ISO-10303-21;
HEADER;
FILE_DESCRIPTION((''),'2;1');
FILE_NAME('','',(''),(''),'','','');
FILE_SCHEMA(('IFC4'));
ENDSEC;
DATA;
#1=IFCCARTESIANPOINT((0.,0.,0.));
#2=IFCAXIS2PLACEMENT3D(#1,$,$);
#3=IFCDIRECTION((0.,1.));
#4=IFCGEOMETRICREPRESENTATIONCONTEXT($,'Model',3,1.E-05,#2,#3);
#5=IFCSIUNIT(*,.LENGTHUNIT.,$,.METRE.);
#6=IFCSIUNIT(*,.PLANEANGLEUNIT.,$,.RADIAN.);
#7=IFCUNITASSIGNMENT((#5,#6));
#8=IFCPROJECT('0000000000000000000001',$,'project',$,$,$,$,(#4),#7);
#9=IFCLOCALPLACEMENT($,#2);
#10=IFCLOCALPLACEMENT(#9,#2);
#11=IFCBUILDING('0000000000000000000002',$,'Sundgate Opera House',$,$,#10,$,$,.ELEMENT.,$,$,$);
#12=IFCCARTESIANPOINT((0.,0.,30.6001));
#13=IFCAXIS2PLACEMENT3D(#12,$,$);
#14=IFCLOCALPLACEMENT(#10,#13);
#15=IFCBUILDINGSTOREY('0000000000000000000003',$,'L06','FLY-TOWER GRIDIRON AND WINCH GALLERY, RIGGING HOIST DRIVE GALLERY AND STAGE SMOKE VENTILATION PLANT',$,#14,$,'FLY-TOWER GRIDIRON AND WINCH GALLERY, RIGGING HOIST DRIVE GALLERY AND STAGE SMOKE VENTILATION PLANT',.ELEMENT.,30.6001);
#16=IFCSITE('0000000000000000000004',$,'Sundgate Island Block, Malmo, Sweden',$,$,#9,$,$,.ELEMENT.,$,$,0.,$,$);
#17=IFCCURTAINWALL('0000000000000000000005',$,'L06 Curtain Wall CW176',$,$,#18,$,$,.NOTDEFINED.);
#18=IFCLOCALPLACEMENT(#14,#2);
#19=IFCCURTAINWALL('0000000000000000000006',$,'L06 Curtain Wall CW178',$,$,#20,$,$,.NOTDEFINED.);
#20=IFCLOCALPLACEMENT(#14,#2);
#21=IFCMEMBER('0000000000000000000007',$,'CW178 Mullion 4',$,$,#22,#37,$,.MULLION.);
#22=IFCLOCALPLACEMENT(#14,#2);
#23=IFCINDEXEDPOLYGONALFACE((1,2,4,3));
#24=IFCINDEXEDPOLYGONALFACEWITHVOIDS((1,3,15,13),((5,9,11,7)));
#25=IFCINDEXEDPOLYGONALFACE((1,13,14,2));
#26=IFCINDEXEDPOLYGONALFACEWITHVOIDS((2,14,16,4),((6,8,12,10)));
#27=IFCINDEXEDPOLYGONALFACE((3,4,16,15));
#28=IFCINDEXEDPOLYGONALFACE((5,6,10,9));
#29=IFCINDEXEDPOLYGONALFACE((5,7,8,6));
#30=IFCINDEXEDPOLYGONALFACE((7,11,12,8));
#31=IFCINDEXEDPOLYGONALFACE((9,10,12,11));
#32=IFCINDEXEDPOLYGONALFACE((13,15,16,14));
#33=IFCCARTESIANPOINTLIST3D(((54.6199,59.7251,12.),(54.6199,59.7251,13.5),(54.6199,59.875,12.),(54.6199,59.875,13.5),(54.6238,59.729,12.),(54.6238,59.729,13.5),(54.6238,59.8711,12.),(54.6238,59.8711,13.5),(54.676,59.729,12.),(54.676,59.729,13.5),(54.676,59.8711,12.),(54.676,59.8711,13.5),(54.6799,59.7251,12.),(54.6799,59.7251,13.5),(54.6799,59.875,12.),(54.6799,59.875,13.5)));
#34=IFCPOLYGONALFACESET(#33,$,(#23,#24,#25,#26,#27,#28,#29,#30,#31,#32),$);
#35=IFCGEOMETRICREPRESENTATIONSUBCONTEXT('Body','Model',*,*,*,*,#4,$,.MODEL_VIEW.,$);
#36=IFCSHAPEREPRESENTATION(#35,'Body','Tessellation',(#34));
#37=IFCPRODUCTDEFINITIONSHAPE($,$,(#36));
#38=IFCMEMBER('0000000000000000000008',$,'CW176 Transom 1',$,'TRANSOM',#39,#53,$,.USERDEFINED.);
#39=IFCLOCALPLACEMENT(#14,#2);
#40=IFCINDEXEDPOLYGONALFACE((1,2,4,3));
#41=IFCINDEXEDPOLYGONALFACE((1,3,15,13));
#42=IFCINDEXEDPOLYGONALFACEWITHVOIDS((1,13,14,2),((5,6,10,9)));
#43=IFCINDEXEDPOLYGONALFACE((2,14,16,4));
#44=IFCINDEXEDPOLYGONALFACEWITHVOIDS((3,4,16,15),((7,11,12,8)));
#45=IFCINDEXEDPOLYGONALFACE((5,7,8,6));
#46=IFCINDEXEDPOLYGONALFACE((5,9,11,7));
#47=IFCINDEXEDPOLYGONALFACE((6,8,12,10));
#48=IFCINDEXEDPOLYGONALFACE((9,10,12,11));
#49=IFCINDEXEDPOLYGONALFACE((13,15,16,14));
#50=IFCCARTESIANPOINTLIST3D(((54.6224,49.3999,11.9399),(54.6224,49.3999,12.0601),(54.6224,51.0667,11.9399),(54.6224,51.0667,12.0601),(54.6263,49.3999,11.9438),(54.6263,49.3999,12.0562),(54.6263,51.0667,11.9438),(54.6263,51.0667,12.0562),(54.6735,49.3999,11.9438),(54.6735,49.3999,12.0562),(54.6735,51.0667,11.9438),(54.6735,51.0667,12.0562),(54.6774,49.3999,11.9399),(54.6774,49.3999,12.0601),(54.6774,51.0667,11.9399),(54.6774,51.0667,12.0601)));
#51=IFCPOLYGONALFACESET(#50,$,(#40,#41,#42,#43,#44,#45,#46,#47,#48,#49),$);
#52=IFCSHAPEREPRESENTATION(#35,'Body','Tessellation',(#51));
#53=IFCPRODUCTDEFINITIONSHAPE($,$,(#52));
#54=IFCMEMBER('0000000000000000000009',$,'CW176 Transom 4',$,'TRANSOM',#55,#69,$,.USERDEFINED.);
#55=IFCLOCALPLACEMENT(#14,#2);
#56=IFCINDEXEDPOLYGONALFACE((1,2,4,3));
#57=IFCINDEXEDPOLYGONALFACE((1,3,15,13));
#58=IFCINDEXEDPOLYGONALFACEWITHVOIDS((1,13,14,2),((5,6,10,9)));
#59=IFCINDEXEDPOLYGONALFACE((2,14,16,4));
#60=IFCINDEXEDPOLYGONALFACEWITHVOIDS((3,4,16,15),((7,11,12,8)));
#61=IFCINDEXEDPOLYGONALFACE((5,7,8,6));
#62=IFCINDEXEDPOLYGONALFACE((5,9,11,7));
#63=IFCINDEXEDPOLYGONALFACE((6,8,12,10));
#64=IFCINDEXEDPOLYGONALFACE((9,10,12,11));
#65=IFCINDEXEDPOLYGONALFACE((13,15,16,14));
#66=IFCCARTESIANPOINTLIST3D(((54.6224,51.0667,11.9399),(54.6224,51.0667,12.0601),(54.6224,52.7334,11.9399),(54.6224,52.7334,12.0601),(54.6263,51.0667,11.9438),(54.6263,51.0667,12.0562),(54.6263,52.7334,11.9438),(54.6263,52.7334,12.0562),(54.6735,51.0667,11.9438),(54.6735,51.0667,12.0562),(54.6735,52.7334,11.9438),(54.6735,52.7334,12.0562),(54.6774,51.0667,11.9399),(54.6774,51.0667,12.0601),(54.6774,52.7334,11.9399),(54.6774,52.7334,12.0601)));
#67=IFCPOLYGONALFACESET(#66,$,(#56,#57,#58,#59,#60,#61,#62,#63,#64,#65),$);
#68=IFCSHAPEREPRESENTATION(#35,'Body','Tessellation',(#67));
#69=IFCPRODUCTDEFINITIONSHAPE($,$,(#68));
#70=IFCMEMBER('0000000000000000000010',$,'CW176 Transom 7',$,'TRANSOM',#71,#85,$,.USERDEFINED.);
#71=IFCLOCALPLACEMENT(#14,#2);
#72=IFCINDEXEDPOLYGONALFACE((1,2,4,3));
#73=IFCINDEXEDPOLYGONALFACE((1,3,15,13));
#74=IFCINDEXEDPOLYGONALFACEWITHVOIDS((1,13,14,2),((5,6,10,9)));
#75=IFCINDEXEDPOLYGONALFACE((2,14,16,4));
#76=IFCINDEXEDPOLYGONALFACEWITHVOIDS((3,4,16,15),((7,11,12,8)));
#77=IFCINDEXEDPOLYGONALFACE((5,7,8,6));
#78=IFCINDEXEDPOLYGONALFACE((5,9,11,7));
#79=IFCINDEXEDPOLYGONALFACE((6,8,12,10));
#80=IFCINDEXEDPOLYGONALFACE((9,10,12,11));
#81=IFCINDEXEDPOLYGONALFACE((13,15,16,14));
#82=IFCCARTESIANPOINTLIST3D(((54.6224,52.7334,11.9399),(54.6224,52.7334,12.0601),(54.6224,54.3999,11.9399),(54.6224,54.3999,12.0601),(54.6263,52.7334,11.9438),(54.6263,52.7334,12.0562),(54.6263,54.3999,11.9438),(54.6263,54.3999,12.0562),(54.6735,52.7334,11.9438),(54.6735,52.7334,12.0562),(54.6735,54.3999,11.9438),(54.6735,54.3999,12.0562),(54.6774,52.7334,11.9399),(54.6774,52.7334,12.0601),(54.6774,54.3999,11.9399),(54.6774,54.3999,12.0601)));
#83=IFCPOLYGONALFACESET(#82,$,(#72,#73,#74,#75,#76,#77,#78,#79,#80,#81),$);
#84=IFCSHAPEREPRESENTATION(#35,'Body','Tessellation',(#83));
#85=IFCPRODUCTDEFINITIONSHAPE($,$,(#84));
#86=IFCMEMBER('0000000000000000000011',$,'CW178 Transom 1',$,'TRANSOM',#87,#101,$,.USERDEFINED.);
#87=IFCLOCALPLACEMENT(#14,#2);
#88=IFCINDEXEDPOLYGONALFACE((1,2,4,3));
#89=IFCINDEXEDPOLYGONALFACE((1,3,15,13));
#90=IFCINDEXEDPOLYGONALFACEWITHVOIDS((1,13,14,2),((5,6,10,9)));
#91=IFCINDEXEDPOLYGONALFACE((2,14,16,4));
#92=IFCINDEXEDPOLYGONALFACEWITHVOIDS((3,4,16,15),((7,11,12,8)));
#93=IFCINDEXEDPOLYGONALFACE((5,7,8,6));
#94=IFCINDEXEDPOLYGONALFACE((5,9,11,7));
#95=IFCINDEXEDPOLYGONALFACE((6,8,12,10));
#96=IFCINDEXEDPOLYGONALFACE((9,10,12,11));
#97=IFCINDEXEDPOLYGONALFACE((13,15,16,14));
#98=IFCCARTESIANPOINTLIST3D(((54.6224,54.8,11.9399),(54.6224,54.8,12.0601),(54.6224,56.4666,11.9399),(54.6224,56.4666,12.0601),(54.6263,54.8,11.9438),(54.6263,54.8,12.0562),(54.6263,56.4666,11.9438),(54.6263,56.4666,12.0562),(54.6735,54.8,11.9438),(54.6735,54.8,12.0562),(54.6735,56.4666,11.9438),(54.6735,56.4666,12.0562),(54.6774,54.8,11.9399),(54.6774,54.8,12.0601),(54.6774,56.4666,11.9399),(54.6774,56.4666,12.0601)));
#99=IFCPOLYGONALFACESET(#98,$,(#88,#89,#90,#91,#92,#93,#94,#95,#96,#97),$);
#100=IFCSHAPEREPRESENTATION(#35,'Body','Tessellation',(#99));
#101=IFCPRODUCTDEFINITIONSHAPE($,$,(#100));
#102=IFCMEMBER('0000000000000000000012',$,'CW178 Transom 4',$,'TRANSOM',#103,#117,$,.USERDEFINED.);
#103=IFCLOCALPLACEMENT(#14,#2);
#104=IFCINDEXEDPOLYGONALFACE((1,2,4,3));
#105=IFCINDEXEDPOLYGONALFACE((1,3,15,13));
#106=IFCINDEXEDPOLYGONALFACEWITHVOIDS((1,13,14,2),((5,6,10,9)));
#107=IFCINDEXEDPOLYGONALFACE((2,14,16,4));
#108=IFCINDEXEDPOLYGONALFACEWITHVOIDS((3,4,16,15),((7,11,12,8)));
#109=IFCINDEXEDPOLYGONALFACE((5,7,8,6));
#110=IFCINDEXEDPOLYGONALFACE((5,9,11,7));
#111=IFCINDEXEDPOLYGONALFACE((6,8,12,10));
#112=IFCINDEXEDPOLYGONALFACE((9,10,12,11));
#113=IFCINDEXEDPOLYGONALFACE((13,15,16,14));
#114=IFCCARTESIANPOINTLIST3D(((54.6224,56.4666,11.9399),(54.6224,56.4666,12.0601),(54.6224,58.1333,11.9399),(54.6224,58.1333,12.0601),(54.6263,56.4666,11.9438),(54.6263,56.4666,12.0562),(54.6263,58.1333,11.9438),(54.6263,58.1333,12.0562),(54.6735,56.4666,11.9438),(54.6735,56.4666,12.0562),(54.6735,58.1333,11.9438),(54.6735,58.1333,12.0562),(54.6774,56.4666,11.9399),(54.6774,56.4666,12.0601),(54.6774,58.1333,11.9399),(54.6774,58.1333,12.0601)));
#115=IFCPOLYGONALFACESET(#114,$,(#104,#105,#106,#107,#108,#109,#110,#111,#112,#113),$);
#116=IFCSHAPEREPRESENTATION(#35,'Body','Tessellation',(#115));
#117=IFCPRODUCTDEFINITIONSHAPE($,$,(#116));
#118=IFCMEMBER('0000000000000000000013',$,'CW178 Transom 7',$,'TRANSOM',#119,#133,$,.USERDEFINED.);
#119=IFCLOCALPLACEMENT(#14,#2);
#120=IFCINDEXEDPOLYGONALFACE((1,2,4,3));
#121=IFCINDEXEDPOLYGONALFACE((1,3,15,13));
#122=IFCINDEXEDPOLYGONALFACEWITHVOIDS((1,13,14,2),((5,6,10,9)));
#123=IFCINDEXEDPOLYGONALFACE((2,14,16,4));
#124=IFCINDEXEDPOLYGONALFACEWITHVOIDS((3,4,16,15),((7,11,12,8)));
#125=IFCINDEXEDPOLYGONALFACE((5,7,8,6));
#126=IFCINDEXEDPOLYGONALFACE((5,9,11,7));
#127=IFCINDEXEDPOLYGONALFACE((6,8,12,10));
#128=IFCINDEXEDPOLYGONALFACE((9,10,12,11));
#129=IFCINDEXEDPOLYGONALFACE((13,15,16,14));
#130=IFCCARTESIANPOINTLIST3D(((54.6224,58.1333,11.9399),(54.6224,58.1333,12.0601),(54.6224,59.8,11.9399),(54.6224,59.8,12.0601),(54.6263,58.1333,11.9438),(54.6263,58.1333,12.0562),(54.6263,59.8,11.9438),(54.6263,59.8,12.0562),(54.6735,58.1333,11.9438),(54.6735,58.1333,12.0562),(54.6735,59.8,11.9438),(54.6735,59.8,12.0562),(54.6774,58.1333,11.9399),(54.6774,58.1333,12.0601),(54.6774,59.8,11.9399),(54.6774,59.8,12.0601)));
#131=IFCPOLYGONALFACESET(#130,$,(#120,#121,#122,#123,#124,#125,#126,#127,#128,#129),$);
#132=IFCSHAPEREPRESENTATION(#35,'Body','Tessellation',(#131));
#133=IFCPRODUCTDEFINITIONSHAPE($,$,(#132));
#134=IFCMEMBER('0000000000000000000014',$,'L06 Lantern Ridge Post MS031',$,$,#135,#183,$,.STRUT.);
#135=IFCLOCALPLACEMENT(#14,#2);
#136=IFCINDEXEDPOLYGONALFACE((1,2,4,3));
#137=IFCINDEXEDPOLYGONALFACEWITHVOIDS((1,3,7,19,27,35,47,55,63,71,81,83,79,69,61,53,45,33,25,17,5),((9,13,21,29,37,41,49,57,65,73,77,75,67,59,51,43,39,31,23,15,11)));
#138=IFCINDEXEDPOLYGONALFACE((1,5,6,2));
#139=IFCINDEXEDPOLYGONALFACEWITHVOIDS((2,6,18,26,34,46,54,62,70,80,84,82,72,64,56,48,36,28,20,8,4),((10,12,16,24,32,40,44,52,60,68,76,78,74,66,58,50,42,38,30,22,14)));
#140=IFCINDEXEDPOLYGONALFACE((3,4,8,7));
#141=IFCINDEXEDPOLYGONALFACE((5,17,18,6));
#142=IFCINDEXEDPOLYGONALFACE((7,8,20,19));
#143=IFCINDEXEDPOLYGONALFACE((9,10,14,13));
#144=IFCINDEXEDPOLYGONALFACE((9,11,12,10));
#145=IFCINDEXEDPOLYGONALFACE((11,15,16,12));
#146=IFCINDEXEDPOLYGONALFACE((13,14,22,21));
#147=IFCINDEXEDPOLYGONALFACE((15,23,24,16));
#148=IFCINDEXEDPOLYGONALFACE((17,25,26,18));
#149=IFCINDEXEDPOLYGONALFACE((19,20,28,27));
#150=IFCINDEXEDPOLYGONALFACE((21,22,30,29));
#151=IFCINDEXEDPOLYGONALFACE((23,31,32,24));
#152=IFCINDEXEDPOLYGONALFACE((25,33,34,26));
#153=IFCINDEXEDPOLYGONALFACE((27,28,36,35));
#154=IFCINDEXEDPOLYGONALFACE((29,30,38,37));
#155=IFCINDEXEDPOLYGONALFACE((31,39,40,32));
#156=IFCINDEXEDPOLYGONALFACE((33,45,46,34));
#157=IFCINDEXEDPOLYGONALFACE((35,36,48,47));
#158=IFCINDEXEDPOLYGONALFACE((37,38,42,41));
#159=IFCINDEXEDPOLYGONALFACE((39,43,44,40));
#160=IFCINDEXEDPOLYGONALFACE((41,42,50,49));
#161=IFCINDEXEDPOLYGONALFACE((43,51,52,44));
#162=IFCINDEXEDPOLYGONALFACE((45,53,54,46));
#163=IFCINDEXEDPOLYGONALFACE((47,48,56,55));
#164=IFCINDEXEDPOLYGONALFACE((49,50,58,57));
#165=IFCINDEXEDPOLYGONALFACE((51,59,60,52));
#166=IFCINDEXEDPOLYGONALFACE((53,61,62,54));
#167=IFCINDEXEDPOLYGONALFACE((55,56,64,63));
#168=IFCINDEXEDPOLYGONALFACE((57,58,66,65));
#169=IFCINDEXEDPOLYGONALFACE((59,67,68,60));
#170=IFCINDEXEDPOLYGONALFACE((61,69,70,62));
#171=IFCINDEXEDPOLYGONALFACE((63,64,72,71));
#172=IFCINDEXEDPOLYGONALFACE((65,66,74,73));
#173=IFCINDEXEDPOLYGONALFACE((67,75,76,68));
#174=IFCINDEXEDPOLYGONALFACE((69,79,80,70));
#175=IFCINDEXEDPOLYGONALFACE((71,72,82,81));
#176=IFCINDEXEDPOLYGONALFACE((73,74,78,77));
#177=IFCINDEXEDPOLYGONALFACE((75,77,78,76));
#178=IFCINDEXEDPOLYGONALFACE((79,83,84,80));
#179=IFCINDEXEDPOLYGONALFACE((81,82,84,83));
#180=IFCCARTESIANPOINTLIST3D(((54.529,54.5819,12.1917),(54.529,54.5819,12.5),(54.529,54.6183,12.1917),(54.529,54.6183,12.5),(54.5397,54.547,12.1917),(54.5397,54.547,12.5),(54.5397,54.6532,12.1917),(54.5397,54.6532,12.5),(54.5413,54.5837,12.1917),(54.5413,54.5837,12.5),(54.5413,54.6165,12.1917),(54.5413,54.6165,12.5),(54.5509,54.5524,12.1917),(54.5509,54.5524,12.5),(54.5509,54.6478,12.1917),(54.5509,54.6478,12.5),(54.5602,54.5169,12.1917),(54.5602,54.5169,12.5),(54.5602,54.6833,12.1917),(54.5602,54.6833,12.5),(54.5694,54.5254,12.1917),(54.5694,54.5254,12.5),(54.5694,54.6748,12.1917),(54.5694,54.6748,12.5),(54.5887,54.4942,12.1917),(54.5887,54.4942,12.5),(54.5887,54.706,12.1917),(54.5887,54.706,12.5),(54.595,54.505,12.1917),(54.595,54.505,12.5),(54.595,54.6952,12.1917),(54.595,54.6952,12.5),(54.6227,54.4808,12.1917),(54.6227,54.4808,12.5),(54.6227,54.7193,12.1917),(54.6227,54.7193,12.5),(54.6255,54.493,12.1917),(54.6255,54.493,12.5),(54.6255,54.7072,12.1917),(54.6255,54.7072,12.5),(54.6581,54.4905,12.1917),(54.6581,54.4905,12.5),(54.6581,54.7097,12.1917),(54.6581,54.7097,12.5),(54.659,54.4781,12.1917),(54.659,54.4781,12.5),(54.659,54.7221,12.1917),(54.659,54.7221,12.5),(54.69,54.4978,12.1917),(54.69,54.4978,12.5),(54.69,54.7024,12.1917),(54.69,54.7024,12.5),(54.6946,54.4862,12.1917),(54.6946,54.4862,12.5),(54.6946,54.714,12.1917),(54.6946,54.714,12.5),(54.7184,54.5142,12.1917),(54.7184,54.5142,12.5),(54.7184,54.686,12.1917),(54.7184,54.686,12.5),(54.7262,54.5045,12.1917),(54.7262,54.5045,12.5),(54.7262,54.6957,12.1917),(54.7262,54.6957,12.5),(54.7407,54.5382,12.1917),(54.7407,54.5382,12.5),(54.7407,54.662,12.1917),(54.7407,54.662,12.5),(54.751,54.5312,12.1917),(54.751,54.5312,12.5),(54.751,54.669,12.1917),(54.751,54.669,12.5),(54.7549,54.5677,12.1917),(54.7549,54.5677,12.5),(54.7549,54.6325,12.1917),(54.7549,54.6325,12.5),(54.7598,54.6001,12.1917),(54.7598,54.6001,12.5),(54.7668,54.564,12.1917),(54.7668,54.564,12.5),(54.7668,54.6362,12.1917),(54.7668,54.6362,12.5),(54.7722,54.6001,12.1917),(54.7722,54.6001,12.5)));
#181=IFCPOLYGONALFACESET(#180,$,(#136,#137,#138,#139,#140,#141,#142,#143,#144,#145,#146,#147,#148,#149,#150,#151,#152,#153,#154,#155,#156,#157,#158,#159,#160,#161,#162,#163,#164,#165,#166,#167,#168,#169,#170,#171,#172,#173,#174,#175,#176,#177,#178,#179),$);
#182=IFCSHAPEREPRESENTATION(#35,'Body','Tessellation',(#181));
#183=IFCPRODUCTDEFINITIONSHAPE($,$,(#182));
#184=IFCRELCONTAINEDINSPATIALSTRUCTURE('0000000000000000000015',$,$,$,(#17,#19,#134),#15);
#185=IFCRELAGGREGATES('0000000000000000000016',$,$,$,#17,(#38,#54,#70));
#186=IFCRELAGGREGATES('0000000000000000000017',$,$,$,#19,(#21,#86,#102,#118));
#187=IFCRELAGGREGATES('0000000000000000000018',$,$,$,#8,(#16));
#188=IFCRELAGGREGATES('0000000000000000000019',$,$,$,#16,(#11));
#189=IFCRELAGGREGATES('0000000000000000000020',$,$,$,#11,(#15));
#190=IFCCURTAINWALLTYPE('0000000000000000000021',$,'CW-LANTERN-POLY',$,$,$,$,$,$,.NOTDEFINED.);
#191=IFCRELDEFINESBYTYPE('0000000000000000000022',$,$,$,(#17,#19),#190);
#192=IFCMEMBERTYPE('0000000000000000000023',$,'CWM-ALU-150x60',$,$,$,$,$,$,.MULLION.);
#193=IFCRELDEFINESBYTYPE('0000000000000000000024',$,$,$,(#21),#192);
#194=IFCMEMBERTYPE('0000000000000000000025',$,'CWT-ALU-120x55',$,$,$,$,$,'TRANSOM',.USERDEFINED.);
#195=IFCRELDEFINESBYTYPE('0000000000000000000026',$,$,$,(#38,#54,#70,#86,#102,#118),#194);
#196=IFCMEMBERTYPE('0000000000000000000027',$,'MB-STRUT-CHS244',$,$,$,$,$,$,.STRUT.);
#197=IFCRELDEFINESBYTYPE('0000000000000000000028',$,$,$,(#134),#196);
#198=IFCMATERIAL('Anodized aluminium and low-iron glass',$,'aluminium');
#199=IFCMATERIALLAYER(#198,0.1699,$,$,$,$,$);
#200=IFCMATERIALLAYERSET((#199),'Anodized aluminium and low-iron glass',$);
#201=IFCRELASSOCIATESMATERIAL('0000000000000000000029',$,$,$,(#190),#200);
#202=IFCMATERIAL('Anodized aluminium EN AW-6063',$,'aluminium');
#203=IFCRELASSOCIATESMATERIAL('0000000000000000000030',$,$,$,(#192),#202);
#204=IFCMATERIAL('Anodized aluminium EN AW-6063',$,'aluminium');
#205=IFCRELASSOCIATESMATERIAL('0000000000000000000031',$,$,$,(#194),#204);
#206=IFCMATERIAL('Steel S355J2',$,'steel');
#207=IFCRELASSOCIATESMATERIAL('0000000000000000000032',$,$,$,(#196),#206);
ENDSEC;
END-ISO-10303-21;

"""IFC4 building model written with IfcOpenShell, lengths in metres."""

from ifc_helpers import new_model, si_unit, direction, frame, origin, origin_2d, place, context, subcontext, project, spatial, hollow_rectangle, hollow_circle, extrude, material, layer, layer_set, material_profile, profile_set, type_object, element, aggregate, save


model = new_model("IFC4")

# Units and contexts
model_context = context("Model", 3, precision=1e-05, world=origin(), true_north=direction((0.0, 1.0)))
body_context = subcontext(model_context, "Body", "Model", "MODEL_VIEW")
ifc_project = project(units=[si_unit("LENGTHUNIT", "METRE"), si_unit("PLANEANGLEUNIT", "RADIAN")], contexts=[model_context])

# Site, building, storey
site_placement = place(None, origin())
site = spatial("IfcSite", under=ifc_project, at=site_placement, Name="Sundgate Island Block, Malmo, Sweden", CompositionType="ELEMENT", RefElevation=0.0)
building_placement = place(site_placement, origin())
building = spatial("IfcBuilding", under=site, at=building_placement, Name="Sundgate Opera House", CompositionType="ELEMENT")
storey_placement = place(building_placement, frame((0.0, 0.0, 30.6001)))
storey = spatial("IfcBuildingStorey", under=building, at=storey_placement, Name="L06", Description="FLY-TOWER GRIDIRON AND WINCH GALLERY, RIGGING HOIST DRIVE GALLERY AND STAGE SMOKE VENTILATION PLANT", LongName="FLY-TOWER GRIDIRON AND WINCH GALLERY, RIGGING HOIST DRIVE GALLERY AND STAGE SMOKE VENTILATION PLANT", CompositionType="ELEMENT", Elevation=30.6001)

# Curtain walls, member
ifc_material_1 = material(Name="Anodized aluminium and low-iron glass", Category="aluminium")
ifc_layer_1 = layer(ifc_material_1, 0.1699)
ifc_layer_set_1 = layer_set([ifc_layer_1], Name="Anodized aluminium and low-iron glass")
curtain_wall_type = type_object("IfcCurtainWallType", Name="CW-LANTERN-POLY", PredefinedType="NOTDEFINED", material=ifc_layer_set_1)
curtain_wall_1_placement = place(storey_placement, origin())
curtain_wall_1 = element("IfcCurtainWall", 1, at=curtain_wall_1_placement, inside=storey, type_object=curtain_wall_type, Name="L06 Curtain Wall CW176", PredefinedType="NOTDEFINED")
ifc_material_2 = material(Name="Anodized aluminium EN AW-6063", Category="aluminium")
ifc_material_profile_1 = material_profile(ifc_material_2, hollow_rectangle(XDim=0.0601, YDim=0.1499, WallThickness=0.0039, at=origin_2d()), Name="CWM 150x60x4")
ifc_profile_set_1 = profile_set([ifc_material_profile_1], Name="Anodized aluminium EN AW-6063")
member_type_1 = type_object("IfcMemberType", Name="CWM-ALU-150x60", PredefinedType="MULLION", material=ifc_profile_set_1)
curtain_wall_2_placement = place(storey_placement, origin())
curtain_wall_2 = element("IfcCurtainWall", 2, at=curtain_wall_2_placement, inside=storey, type_object=curtain_wall_type, Name="L06 Curtain Wall CW178", PredefinedType="NOTDEFINED")
member_1_placement = place(storey_placement, frame((54.6499, 59.8, 12.0), z_axis=(0.0, 0.0, 1.0), x_axis=(1.0, 0.0, 0.0)))
member_1 = element("IfcMember", 3, at=member_1_placement, type_object=member_type_1, Name="CW178 Mullion 4", PredefinedType="MULLION", context=body_context, shape_type="SweptSolid", body=[
    extrude(hollow_rectangle(XDim=0.0601, YDim=0.1499, WallThickness=0.0039, at=origin_2d()), origin(), (0.0, 0.0, 1.0), 1.5),
])

# Members
ifc_material_3 = material(Name="Anodized aluminium EN AW-6063", Category="aluminium")
ifc_material_profile_2 = material_profile(ifc_material_3, hollow_rectangle(XDim=0.0549, YDim=0.1201, WallThickness=0.0039, at=origin_2d()), Name="CWT 120x55x4")
ifc_profile_set_2 = profile_set([ifc_material_profile_2], Name="Anodized aluminium EN AW-6063")
member_type_2 = type_object("IfcMemberType", Name="CWT-ALU-120x55", ElementType="TRANSOM", PredefinedType="USERDEFINED", material=ifc_profile_set_2)
member_2_placement = place(storey_placement, frame((54.6499, 49.3999, 12.0), z_axis=(0.0, 1.0, 0.0), x_axis=(-1.0, 0.0, 0.0)))
member_2 = element("IfcMember", 4, at=member_2_placement, type_object=member_type_2, Name="CW176 Transom 1", ObjectType="TRANSOM", PredefinedType="USERDEFINED", context=body_context, shape_type="SweptSolid", body=[
    extrude(hollow_rectangle(XDim=0.0549, YDim=0.1201, WallThickness=0.0039, at=origin_2d()), origin(), (0.0, 0.0, 1.0), 1.6667),
])
member_3_placement = place(storey_placement, frame((54.6499, 51.0667, 12.0), z_axis=(0.0, 1.0, 0.0), x_axis=(-1.0, 0.0, 0.0)))
member_3 = element("IfcMember", 5, at=member_3_placement, type_object=member_type_2, Name="CW176 Transom 4", ObjectType="TRANSOM", PredefinedType="USERDEFINED", context=body_context, shape_type="SweptSolid", body=[
    extrude(hollow_rectangle(XDim=0.0549, YDim=0.1201, WallThickness=0.0039, at=origin_2d()), origin(), (0.0, 0.0, 1.0), 1.6667),
])
member_4_placement = place(storey_placement, frame((54.6499, 52.7334, 12.0), z_axis=(0.0, 1.0, 0.0), x_axis=(-1.0, 0.0, 0.0)))
member_4 = element("IfcMember", 6, at=member_4_placement, type_object=member_type_2, Name="CW176 Transom 7", ObjectType="TRANSOM", PredefinedType="USERDEFINED", context=body_context, shape_type="SweptSolid", body=[
    extrude(hollow_rectangle(XDim=0.0549, YDim=0.1201, WallThickness=0.0039, at=origin_2d()), origin(), (0.0, 0.0, 1.0), 1.6665),
])
member_5_placement = place(storey_placement, frame((54.6499, 54.8, 12.0), z_axis=(0.0, 1.0, 0.0), x_axis=(-1.0, 0.0, 0.0)))
member_5 = element("IfcMember", 7, at=member_5_placement, type_object=member_type_2, Name="CW178 Transom 1", ObjectType="TRANSOM", PredefinedType="USERDEFINED", context=body_context, shape_type="SweptSolid", body=[
    extrude(hollow_rectangle(XDim=0.0549, YDim=0.1201, WallThickness=0.0039, at=origin_2d()), origin(), (0.0, 0.0, 1.0), 1.6665),
])
member_6_placement = place(storey_placement, frame((54.6499, 56.4666, 12.0), z_axis=(0.0, 1.0, 0.0), x_axis=(-1.0, 0.0, 0.0)))
member_6 = element("IfcMember", 8, at=member_6_placement, type_object=member_type_2, Name="CW178 Transom 4", ObjectType="TRANSOM", PredefinedType="USERDEFINED", context=body_context, shape_type="SweptSolid", body=[
    extrude(hollow_rectangle(XDim=0.0549, YDim=0.1201, WallThickness=0.0039, at=origin_2d()), origin(), (0.0, 0.0, 1.0), 1.6667),
])
member_7_placement = place(storey_placement, frame((54.6499, 58.1333, 12.0), z_axis=(0.0, 1.0, 0.0), x_axis=(-1.0, 0.0, 0.0)))
member_7 = element("IfcMember", 9, at=member_7_placement, type_object=member_type_2, Name="CW178 Transom 7", ObjectType="TRANSOM", PredefinedType="USERDEFINED", context=body_context, shape_type="SweptSolid", body=[
    extrude(hollow_rectangle(XDim=0.0549, YDim=0.1201, WallThickness=0.0039, at=origin_2d()), origin(), (0.0, 0.0, 1.0), 1.6667),
])

# Member
ifc_material_4 = material(Name="Steel S355J2", Category="steel")
ifc_material_profile_3 = material_profile(ifc_material_4, hollow_circle(Radius=0.1223, WallThickness=0.0125, at=origin_2d()), Name="CHS 244.5x12.5")
ifc_profile_set_3 = profile_set([ifc_material_profile_3], Name="Steel S355J2")
member_type_3 = type_object("IfcMemberType", Name="MB-STRUT-CHS244", PredefinedType="STRUT", material=ifc_profile_set_3)
member_8_placement = place(storey_placement, frame((54.6499, 54.6001, 12.1917), z_axis=(0.0, 0.0, 1.0), x_axis=(1.0, 0.0, 0.0)))
element("IfcMember", 10, at=member_8_placement, inside=storey, type_object=member_type_3, Name="L06 Lantern Ridge Post MS031", PredefinedType="STRUT", context=body_context, shape_type="SweptSolid", body=[
    extrude(hollow_circle(Radius=0.1223, WallThickness=0.0125, at=origin_2d()), origin(), (0.0, 0.0, 1.0), 0.3083),
])

aggregate(curtain_wall_1, [member_2, member_3, member_4])
aggregate(curtain_wall_2, [member_1, member_5, member_6, member_7])

save(model, "model.ifc")
